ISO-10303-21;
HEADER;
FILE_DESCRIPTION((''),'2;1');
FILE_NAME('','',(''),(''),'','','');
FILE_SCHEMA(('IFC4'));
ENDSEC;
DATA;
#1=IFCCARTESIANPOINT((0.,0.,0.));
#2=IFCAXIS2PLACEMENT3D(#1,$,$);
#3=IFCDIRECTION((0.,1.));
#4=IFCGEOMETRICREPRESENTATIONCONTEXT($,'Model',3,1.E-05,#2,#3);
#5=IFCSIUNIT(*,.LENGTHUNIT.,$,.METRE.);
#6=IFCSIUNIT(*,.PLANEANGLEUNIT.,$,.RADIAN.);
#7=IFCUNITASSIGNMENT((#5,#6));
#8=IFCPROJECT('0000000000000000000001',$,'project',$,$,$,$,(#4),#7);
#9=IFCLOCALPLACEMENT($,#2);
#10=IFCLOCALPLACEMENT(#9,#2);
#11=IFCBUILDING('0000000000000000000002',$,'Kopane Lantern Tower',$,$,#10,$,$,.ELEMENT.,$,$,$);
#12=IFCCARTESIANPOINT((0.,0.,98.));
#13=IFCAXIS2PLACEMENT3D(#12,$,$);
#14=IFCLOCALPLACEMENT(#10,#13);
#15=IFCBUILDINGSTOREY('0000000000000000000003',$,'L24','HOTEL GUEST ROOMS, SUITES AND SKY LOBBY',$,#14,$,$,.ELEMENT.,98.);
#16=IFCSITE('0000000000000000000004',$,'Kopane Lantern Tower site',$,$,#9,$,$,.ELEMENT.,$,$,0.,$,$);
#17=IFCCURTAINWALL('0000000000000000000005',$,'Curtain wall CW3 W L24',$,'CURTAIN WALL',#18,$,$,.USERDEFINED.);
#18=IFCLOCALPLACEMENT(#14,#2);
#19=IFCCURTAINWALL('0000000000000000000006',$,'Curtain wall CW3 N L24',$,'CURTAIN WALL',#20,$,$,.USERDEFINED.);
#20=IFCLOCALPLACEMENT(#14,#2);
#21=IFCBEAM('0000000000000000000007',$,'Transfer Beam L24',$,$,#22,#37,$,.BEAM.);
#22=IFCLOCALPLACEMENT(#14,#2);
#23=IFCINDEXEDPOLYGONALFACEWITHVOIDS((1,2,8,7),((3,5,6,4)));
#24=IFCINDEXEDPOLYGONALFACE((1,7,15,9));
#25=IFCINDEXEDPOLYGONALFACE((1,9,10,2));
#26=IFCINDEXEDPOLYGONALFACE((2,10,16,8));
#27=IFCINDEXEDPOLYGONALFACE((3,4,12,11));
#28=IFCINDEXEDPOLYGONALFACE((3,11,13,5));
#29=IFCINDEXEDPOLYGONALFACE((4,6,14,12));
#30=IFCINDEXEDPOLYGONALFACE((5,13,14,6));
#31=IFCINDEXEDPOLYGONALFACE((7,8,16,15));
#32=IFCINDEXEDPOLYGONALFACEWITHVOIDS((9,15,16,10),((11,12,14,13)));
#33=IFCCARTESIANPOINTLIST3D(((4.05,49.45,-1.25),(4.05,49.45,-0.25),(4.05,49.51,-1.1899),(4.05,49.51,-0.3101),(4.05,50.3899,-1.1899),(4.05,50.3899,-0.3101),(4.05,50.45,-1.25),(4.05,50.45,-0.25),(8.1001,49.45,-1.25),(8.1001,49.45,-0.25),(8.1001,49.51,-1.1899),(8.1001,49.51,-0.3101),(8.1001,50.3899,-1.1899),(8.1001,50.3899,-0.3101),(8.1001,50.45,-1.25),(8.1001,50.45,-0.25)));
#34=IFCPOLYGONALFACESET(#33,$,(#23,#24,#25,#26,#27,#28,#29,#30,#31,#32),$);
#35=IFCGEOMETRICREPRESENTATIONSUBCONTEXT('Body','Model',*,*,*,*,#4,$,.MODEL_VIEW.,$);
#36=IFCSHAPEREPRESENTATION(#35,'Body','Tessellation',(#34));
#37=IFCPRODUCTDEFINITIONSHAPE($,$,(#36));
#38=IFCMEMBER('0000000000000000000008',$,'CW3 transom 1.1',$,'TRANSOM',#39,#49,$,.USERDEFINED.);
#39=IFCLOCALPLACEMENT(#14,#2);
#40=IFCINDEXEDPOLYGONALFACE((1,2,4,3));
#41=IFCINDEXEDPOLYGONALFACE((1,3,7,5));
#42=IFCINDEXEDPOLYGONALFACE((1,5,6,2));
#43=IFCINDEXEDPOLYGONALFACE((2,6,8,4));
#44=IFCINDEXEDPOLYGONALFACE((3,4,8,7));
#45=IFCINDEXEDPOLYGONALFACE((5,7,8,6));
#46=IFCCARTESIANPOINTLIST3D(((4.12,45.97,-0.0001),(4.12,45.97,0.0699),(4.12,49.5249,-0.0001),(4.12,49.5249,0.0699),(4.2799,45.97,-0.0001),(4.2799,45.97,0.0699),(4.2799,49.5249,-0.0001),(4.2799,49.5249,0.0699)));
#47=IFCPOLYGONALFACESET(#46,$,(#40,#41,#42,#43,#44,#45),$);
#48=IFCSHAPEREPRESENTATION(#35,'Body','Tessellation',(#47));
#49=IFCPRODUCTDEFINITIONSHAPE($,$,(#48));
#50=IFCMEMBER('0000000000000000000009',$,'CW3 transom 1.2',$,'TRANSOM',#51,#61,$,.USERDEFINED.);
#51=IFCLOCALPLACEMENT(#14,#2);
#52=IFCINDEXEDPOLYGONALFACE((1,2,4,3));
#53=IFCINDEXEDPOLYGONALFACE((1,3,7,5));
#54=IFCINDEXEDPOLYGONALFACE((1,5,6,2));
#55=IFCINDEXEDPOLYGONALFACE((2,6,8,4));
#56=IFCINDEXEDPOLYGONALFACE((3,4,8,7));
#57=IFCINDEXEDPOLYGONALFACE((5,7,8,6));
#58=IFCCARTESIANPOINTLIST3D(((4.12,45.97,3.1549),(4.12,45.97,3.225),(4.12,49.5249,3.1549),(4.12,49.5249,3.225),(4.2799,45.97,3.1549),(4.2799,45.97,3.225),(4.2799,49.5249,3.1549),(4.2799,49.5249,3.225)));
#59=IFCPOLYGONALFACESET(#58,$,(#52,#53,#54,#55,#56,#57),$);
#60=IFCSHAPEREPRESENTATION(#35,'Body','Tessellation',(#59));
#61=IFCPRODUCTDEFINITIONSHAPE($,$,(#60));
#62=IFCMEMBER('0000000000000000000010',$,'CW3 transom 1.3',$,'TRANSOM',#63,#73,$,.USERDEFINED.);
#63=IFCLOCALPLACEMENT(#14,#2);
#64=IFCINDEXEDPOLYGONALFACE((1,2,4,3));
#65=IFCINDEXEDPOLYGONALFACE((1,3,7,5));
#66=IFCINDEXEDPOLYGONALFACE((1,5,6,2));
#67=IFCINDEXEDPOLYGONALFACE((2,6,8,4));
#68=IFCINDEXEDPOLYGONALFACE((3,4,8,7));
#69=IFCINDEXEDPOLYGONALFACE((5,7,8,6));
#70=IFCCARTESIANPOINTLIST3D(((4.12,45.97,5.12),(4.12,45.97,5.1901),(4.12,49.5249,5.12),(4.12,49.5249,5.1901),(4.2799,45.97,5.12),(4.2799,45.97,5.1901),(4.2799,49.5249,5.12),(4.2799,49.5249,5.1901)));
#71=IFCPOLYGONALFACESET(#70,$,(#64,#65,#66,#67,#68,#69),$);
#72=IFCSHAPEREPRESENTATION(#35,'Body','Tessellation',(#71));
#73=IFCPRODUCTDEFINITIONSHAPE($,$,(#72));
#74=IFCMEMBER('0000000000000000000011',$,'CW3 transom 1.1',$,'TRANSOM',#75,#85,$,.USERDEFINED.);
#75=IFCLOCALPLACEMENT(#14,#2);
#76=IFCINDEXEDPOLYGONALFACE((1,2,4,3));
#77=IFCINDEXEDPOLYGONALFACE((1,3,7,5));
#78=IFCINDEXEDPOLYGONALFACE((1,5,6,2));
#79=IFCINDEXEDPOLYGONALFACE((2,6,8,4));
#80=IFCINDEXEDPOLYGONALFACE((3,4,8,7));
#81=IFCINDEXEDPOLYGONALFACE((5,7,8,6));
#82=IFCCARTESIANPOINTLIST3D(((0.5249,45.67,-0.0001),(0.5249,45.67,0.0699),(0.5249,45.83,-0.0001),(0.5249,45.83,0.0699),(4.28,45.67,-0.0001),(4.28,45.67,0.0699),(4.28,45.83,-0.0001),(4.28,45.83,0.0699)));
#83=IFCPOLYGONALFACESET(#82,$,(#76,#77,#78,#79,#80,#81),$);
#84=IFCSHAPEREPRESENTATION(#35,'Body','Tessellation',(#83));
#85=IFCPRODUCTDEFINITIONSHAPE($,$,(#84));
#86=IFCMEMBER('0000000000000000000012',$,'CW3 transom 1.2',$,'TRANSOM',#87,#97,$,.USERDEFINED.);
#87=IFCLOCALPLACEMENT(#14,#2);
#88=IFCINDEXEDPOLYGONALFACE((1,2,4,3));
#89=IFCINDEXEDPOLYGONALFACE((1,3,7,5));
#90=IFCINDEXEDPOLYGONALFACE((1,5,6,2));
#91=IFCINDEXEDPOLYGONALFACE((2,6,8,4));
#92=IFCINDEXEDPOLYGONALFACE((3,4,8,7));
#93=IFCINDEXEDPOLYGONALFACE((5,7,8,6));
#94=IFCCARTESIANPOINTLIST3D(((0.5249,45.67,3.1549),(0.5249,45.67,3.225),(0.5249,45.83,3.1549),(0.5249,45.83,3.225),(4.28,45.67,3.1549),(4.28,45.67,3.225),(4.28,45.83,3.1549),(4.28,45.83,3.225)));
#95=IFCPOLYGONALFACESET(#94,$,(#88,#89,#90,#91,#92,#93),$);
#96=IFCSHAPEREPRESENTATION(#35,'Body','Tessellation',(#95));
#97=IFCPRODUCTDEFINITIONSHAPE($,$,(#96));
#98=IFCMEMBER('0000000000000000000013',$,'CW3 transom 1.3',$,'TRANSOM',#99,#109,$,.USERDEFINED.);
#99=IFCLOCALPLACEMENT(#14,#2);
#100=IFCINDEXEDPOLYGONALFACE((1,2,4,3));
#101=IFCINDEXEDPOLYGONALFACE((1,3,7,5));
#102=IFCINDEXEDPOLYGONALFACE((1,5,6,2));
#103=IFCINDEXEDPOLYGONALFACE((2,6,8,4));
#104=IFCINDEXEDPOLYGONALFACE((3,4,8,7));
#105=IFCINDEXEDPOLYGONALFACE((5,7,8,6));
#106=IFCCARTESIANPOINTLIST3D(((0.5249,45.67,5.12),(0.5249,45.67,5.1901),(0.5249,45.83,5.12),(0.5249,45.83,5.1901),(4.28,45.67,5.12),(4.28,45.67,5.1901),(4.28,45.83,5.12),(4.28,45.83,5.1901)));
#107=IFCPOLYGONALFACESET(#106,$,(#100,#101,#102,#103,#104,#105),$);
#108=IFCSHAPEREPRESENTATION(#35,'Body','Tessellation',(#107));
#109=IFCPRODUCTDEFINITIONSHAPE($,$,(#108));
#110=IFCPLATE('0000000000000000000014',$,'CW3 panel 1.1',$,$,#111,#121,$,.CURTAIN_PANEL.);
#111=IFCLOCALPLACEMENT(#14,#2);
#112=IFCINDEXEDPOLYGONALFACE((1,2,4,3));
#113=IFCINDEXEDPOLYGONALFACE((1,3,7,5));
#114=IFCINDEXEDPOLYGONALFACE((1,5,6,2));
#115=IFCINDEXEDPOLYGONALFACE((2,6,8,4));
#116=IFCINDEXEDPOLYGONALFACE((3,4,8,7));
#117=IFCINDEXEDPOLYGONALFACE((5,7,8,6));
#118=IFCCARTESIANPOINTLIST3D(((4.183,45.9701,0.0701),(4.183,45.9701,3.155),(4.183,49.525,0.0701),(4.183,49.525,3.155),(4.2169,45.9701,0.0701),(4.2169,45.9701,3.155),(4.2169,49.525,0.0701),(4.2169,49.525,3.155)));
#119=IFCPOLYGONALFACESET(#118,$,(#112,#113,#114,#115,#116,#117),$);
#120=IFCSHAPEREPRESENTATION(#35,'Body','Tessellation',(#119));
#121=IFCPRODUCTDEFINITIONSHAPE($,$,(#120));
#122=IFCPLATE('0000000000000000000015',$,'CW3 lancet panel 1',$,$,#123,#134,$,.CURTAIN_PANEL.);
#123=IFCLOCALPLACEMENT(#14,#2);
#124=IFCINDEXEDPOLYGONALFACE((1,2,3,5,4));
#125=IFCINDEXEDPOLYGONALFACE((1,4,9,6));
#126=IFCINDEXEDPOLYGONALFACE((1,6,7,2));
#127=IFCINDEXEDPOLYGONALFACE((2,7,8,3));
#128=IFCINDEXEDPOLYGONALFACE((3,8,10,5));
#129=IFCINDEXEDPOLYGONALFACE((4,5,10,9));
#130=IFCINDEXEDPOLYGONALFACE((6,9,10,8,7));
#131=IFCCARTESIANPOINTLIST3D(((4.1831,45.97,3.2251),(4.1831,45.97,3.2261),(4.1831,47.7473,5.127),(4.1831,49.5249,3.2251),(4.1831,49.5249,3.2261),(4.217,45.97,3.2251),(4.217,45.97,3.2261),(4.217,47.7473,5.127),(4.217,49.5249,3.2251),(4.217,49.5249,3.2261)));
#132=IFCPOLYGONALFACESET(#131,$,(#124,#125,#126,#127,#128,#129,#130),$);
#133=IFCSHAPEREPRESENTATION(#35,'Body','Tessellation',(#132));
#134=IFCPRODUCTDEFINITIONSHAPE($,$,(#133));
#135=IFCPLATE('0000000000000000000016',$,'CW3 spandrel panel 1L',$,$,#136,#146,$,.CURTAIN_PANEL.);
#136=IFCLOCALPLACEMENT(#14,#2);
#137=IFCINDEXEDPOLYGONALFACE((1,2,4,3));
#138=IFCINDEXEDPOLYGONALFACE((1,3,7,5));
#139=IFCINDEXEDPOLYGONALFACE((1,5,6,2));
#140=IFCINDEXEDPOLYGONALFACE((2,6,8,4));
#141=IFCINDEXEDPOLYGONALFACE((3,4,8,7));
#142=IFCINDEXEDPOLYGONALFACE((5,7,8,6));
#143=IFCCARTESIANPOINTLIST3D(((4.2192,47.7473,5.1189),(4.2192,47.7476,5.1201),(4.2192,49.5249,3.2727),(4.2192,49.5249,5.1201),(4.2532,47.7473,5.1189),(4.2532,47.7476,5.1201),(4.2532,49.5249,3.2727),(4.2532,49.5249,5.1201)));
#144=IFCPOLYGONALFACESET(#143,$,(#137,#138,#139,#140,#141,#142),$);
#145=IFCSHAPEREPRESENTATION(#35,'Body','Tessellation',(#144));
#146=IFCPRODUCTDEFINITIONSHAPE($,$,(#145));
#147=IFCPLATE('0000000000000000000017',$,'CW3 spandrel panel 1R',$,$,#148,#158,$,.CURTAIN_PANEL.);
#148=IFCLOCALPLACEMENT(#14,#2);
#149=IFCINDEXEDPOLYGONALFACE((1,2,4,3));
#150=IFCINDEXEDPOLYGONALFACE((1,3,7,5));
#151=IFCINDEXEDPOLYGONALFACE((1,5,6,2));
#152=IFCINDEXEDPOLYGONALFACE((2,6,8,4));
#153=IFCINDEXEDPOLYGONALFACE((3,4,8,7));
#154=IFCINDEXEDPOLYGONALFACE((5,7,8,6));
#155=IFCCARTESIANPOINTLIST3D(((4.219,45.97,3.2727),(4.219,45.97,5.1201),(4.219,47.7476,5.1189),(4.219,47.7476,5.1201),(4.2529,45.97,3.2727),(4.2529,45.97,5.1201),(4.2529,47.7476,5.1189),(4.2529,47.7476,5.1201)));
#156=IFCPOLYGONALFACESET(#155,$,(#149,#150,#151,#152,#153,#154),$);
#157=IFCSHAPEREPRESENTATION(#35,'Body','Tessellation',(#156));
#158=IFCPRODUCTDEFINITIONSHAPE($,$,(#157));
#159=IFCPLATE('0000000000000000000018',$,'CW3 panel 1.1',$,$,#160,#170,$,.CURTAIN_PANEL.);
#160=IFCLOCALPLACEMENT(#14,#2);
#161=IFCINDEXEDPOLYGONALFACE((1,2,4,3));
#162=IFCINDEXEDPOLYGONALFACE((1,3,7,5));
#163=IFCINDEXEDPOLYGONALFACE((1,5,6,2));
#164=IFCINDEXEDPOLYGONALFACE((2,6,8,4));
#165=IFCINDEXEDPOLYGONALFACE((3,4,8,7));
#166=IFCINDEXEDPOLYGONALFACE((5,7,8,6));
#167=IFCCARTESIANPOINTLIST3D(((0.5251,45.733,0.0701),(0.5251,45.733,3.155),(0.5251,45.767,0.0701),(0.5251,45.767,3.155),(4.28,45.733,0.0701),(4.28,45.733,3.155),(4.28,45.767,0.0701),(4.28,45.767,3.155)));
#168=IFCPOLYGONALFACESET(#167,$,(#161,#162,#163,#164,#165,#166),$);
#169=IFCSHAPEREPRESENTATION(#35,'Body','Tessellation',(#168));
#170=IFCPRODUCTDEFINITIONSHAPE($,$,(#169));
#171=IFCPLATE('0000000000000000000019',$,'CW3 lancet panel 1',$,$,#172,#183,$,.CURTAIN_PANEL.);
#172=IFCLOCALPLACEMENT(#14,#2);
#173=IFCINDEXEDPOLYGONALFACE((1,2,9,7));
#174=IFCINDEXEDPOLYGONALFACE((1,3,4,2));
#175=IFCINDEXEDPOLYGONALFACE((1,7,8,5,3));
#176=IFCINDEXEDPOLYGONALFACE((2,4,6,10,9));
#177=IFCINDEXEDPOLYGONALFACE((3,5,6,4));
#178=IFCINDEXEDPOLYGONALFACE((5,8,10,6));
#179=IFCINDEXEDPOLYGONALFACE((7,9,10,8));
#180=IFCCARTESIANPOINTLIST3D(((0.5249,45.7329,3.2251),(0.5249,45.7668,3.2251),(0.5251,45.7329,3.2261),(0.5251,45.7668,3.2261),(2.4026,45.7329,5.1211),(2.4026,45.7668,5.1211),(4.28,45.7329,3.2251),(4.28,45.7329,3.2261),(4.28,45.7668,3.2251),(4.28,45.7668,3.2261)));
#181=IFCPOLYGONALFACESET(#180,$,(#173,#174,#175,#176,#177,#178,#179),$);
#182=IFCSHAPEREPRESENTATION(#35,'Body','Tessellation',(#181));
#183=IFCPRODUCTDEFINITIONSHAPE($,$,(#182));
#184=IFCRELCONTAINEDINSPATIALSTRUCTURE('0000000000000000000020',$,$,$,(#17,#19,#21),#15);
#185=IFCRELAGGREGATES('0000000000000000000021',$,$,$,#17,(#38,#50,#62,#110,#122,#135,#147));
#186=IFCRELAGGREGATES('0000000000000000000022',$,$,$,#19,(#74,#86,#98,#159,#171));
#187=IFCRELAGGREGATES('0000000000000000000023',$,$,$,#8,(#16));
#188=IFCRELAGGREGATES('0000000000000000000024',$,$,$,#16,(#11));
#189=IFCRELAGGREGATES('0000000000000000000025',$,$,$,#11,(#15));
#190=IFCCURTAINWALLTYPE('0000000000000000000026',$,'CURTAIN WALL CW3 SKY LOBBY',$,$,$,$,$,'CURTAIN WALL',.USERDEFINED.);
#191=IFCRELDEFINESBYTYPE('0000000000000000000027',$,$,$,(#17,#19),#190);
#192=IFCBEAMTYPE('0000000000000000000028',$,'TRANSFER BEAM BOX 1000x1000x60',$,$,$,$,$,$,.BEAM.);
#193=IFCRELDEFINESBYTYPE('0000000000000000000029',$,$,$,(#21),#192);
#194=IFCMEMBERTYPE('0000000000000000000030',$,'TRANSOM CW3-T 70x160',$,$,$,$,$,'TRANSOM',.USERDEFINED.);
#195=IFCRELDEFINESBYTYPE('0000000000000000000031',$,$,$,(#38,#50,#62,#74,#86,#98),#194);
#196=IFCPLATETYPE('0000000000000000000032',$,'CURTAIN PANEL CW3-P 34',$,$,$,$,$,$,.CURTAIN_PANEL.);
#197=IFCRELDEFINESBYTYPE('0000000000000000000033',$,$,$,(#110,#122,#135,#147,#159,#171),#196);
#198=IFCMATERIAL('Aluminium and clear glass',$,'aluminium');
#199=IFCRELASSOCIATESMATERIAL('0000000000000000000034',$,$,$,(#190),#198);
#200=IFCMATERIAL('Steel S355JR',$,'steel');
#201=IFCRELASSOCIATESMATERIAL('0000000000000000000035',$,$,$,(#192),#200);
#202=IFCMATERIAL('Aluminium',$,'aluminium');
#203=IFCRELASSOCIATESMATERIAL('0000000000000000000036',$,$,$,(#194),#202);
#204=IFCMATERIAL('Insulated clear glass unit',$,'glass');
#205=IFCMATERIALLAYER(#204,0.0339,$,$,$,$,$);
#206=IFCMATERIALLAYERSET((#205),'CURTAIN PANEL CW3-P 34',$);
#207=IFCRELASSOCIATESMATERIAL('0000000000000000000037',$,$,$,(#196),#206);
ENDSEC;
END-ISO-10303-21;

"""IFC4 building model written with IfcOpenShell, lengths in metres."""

from ifc_helpers import new_model, si_unit, direction, frame, origin, origin_2d, place, context, subcontext, project, spatial, polyline, rectangle, hollow_rectangle, outline, extrude, material, layer, layer_set, material_profile, profile_set, type_object, element, aggregate, save


model = new_model("IFC4")

# Units and contexts
model_context = context("Model", 3, precision=1e-05, world=origin(), true_north=direction((0.0, 1.0)))
body_context = subcontext(model_context, "Body", "Model", "MODEL_VIEW")
ifc_project = project(units=[si_unit("LENGTHUNIT", "METRE"), si_unit("PLANEANGLEUNIT", "RADIAN")], contexts=[model_context])

# Site, building, storey
site_placement = place(None, origin())
site = spatial("IfcSite", under=ifc_project, at=site_placement, Name="Kopane Lantern Tower site", CompositionType="ELEMENT", RefElevation=0.0)
building_placement = place(site_placement, origin())
building = spatial("IfcBuilding", under=site, at=building_placement, Name="Kopane Lantern Tower", CompositionType="ELEMENT")
storey_placement = place(building_placement, frame((0.0, 0.0, 98.0)))
storey = spatial("IfcBuildingStorey", under=building, at=storey_placement, Name="L24", Description="HOTEL GUEST ROOMS, SUITES AND SKY LOBBY", CompositionType="ELEMENT", Elevation=98.0)

# Curtain walls
ifc_material_1 = material(Name="Aluminium and clear glass", Category="aluminium")
curtain_wall_type = type_object("IfcCurtainWallType", Name="CURTAIN WALL CW3 SKY LOBBY", ElementType="CURTAIN WALL", PredefinedType="USERDEFINED", material=ifc_material_1)
curtain_wall_1_placement = place(storey_placement, origin())
curtain_wall_1 = element("IfcCurtainWall", 1, at=curtain_wall_1_placement, inside=storey, type_object=curtain_wall_type, Name="Curtain wall CW3 W L24", ObjectType="CURTAIN WALL", PredefinedType="USERDEFINED")
curtain_wall_2_placement = place(storey_placement, origin())
curtain_wall_2 = element("IfcCurtainWall", 2, at=curtain_wall_2_placement, inside=storey, type_object=curtain_wall_type, Name="Curtain wall CW3 N L24", ObjectType="CURTAIN WALL", PredefinedType="USERDEFINED")

# Beam
ifc_material_2 = material(Name="Steel S355JR", Category="steel")
ifc_material_profile_1 = material_profile(ifc_material_2, hollow_rectangle(XDim=1.0, YDim=1.0, WallThickness=0.0601, at=origin_2d()), Name="BOX 1000x1000x60")
ifc_profile_set_1 = profile_set([ifc_material_profile_1], Name="Steel S355JR")
beam_type_1 = type_object("IfcBeamType", Name="TRANSFER BEAM BOX 1000x1000x60", PredefinedType="BEAM", material=ifc_profile_set_1)
beam_1_placement = place(storey_placement, frame((4.05, 49.95, -0.75), z_axis=(1.0, 0.0, 0.0), x_axis=(0.0, 1.0, 0.0)))
element("IfcBeam", 3, at=beam_1_placement, inside=storey, type_object=beam_type_1, Name="Transfer Beam L24", PredefinedType="BEAM", context=body_context, shape_type="SweptSolid", body=[
    extrude(hollow_rectangle(XDim=1.0, YDim=1.0, WallThickness=0.0601, at=origin_2d()), origin(), (0.0, 0.0, 1.0), 4.05),
])

# Members
ifc_material_3 = material(Name="Aluminium", Category="aluminium")
ifc_material_profile_2 = material_profile(ifc_material_3, rectangle(XDim=0.1599, YDim=0.0701, at=origin_2d()), Name="AL 160x70")
ifc_profile_set_2 = profile_set([ifc_material_profile_2], Name="Aluminium")
member_type_1 = type_object("IfcMemberType", Name="TRANSOM CW3-T 70x160", ElementType="TRANSOM", PredefinedType="USERDEFINED", material=ifc_profile_set_2)
member_1_placement = place(storey_placement, frame((4.2, 49.5249, 0.0349), z_axis=(0.0, -1.0, 0.0), x_axis=(1.0, 0.0, 0.0)))
member_1 = element("IfcMember", 4, at=member_1_placement, type_object=member_type_1, Name="CW3 transom 1.1", ObjectType="TRANSOM", PredefinedType="USERDEFINED", context=body_context, shape_type="SweptSolid", body=[
    extrude(rectangle(XDim=0.1599, YDim=0.0701, at=origin_2d()), origin(), (0.0, 0.0, 1.0), 3.5549),
])
member_2_placement = place(storey_placement, frame((4.2, 49.5249, 3.1899), z_axis=(0.0, -1.0, 0.0), x_axis=(1.0, 0.0, 0.0)))
member_2 = element("IfcMember", 5, at=member_2_placement, type_object=member_type_1, Name="CW3 transom 1.2", ObjectType="TRANSOM", PredefinedType="USERDEFINED", context=body_context, shape_type="SweptSolid", body=[
    extrude(rectangle(XDim=0.1599, YDim=0.0701, at=origin_2d()), origin(), (0.0, 0.0, 1.0), 3.5549),
])
member_3_placement = place(storey_placement, frame((4.2, 49.5249, 5.155), z_axis=(0.0, -1.0, 0.0), x_axis=(1.0, 0.0, 0.0)))
member_3 = element("IfcMember", 6, at=member_3_placement, type_object=member_type_1, Name="CW3 transom 1.3", ObjectType="TRANSOM", PredefinedType="USERDEFINED", context=body_context, shape_type="SweptSolid", body=[
    extrude(rectangle(XDim=0.1599, YDim=0.0701, at=origin_2d()), origin(), (0.0, 0.0, 1.0), 3.5549),
])
member_4_placement = place(storey_placement, frame((4.28, 45.75, 0.0349), z_axis=(-1.0, 0.0, 0.0), x_axis=(0.0, -1.0, 0.0)))
member_4 = element("IfcMember", 7, at=member_4_placement, type_object=member_type_1, Name="CW3 transom 1.1", ObjectType="TRANSOM", PredefinedType="USERDEFINED", context=body_context, shape_type="SweptSolid", body=[
    extrude(rectangle(XDim=0.1599, YDim=0.0701, at=origin_2d()), origin(), (0.0, 0.0, 1.0), 3.7551),
])
member_5_placement = place(storey_placement, frame((4.28, 45.75, 3.1899), z_axis=(-1.0, 0.0, 0.0), x_axis=(0.0, -1.0, 0.0)))
member_5 = element("IfcMember", 8, at=member_5_placement, type_object=member_type_1, Name="CW3 transom 1.2", ObjectType="TRANSOM", PredefinedType="USERDEFINED", context=body_context, shape_type="SweptSolid", body=[
    extrude(rectangle(XDim=0.1599, YDim=0.0701, at=origin_2d()), origin(), (0.0, 0.0, 1.0), 3.7551),
])
member_6_placement = place(storey_placement, frame((4.28, 45.75, 5.155), z_axis=(-1.0, 0.0, 0.0), x_axis=(0.0, -1.0, 0.0)))
member_6 = element("IfcMember", 9, at=member_6_placement, type_object=member_type_1, Name="CW3 transom 1.3", ObjectType="TRANSOM", PredefinedType="USERDEFINED", context=body_context, shape_type="SweptSolid", body=[
    extrude(rectangle(XDim=0.1599, YDim=0.0701, at=origin_2d()), origin(), (0.0, 0.0, 1.0), 3.7551),
])

# Plates
ifc_material_4 = material(Name="Insulated clear glass unit", Category="glass")
ifc_layer_1 = layer(ifc_material_4, 0.0339)
ifc_layer_set_1 = layer_set([ifc_layer_1], Name="CURTAIN PANEL CW3-P 34")
plate_type_1 = type_object("IfcPlateType", Name="CURTAIN PANEL CW3-P 34", PredefinedType="CURTAIN_PANEL", material=ifc_layer_set_1)
plate_1_placement = place(storey_placement, frame((4.2, 47.7476, 0.0701), z_axis=(0.0, 0.0, 1.0), x_axis=(0.0, -1.0, 0.0)))
plate_1 = element("IfcPlate", 10, at=plate_1_placement, type_object=plate_type_1, Name="CW3 panel 1.1", PredefinedType="CURTAIN_PANEL", context=body_context, shape_type="SweptSolid", body=[
    extrude(rectangle(XDim=3.5549, YDim=0.0339, at=origin_2d()), origin(), (0.0, 0.0, 1.0), 3.085),
])
plate_2_placement = place(storey_placement, frame((4.2, 49.5249, 3.2251), z_axis=(0.0, 0.0, 1.0), x_axis=(0.0, -1.0, 0.0)))
plate_2 = element("IfcPlate", 11, at=plate_2_placement, type_object=plate_type_1, Name="CW3 lancet panel 1", PredefinedType="CURTAIN_PANEL", context=body_context, shape_type="SweptSolid", body=[
    extrude(outline(polyline([(0.0, 0.0), (3.5549, 0.0), (3.5549, 0.001), (1.7776, 1.9019), (0.0, 0.001), (0.0, 0.0)])), frame((0.0, 0.0171, 0.0), z_axis=(0.0, -1.0, 0.0), x_axis=(1.0, 0.0, 0.0)), (0.0, 0.0, 1.0), 0.0339),
])
plate_3_placement = place(storey_placement, frame((4.2361, 49.5249, 5.1201), z_axis=(0.0, 0.0, 1.0), x_axis=(0.0, -1.0, 0.0)))
plate_3 = element("IfcPlate", 12, at=plate_3_placement, type_object=plate_type_1, Name="CW3 spandrel panel 1L", PredefinedType="CURTAIN_PANEL", context=body_context, shape_type="SweptSolid", body=[
    extrude(outline(polyline([(0.0, 0.0), (1.7773, 0.0), (1.7776, -0.0012), (0.0, -1.8474), (0.0, 0.0)])), frame((0.0, 0.0171, 0.0), z_axis=(0.0, -1.0, 0.0), x_axis=(1.0, 0.0, 0.0)), (0.0, 0.0, 1.0), 0.0339),
])
plate_4_placement = place(storey_placement, frame((4.2361, 45.97, 5.1201), z_axis=(0.0, 0.0, 1.0), x_axis=(0.0, 1.0, 0.0)))
plate_4 = element("IfcPlate", 13, at=plate_4_placement, type_object=plate_type_1, Name="CW3 spandrel panel 1R", PredefinedType="CURTAIN_PANEL", context=body_context, shape_type="SweptSolid", body=[
    extrude(outline(polyline([(0.0, 0.0), (1.7776, 0.0), (1.7776, -0.0012), (0.0, -1.8474), (0.0, 0.0)])), frame((0.0, 0.0171, 0.0), z_axis=(0.0, -1.0, 0.0), x_axis=(1.0, 0.0, 0.0)), (0.0, 0.0, 1.0), 0.0339),
])
aggregate(curtain_wall_1, [member_1, member_2, member_3, plate_1, plate_2, plate_3, plate_4])
plate_5_placement = place(storey_placement, frame((2.4026, 45.75, 0.0701), z_axis=(0.0, 0.0, 1.0), x_axis=(-1.0, 0.0, 0.0)))
plate_5 = element("IfcPlate", 14, at=plate_5_placement, type_object=plate_type_1, Name="CW3 panel 1.1", PredefinedType="CURTAIN_PANEL", context=body_context, shape_type="SweptSolid", body=[
    extrude(rectangle(XDim=3.7549, YDim=0.0339, at=origin_2d()), origin(), (0.0, 0.0, 1.0), 3.085),
])
plate_6_placement = place(storey_placement, frame((4.28, 45.75, 3.2251), z_axis=(0.0, 0.0, 1.0), x_axis=(-1.0, 0.0, 0.0)))
plate_6 = element("IfcPlate", 15, at=plate_6_placement, type_object=plate_type_1, Name="CW3 lancet panel 1", PredefinedType="CURTAIN_PANEL", context=body_context, shape_type="SweptSolid", body=[
    extrude(outline(polyline([(0.0, 0.0), (3.7551, 0.0), (3.7549, 0.001), (1.8774, 1.896), (0.0, 0.001), (0.0, 0.0)])), frame((0.0, 0.0171, 0.0), z_axis=(0.0, -1.0, 0.0), x_axis=(1.0, 0.0, 0.0)), (0.0, 0.0, 1.0), 0.0339),
])
aggregate(curtain_wall_2, [member_4, member_5, member_6, plate_5, plate_6])

save(model, "model.ifc")
